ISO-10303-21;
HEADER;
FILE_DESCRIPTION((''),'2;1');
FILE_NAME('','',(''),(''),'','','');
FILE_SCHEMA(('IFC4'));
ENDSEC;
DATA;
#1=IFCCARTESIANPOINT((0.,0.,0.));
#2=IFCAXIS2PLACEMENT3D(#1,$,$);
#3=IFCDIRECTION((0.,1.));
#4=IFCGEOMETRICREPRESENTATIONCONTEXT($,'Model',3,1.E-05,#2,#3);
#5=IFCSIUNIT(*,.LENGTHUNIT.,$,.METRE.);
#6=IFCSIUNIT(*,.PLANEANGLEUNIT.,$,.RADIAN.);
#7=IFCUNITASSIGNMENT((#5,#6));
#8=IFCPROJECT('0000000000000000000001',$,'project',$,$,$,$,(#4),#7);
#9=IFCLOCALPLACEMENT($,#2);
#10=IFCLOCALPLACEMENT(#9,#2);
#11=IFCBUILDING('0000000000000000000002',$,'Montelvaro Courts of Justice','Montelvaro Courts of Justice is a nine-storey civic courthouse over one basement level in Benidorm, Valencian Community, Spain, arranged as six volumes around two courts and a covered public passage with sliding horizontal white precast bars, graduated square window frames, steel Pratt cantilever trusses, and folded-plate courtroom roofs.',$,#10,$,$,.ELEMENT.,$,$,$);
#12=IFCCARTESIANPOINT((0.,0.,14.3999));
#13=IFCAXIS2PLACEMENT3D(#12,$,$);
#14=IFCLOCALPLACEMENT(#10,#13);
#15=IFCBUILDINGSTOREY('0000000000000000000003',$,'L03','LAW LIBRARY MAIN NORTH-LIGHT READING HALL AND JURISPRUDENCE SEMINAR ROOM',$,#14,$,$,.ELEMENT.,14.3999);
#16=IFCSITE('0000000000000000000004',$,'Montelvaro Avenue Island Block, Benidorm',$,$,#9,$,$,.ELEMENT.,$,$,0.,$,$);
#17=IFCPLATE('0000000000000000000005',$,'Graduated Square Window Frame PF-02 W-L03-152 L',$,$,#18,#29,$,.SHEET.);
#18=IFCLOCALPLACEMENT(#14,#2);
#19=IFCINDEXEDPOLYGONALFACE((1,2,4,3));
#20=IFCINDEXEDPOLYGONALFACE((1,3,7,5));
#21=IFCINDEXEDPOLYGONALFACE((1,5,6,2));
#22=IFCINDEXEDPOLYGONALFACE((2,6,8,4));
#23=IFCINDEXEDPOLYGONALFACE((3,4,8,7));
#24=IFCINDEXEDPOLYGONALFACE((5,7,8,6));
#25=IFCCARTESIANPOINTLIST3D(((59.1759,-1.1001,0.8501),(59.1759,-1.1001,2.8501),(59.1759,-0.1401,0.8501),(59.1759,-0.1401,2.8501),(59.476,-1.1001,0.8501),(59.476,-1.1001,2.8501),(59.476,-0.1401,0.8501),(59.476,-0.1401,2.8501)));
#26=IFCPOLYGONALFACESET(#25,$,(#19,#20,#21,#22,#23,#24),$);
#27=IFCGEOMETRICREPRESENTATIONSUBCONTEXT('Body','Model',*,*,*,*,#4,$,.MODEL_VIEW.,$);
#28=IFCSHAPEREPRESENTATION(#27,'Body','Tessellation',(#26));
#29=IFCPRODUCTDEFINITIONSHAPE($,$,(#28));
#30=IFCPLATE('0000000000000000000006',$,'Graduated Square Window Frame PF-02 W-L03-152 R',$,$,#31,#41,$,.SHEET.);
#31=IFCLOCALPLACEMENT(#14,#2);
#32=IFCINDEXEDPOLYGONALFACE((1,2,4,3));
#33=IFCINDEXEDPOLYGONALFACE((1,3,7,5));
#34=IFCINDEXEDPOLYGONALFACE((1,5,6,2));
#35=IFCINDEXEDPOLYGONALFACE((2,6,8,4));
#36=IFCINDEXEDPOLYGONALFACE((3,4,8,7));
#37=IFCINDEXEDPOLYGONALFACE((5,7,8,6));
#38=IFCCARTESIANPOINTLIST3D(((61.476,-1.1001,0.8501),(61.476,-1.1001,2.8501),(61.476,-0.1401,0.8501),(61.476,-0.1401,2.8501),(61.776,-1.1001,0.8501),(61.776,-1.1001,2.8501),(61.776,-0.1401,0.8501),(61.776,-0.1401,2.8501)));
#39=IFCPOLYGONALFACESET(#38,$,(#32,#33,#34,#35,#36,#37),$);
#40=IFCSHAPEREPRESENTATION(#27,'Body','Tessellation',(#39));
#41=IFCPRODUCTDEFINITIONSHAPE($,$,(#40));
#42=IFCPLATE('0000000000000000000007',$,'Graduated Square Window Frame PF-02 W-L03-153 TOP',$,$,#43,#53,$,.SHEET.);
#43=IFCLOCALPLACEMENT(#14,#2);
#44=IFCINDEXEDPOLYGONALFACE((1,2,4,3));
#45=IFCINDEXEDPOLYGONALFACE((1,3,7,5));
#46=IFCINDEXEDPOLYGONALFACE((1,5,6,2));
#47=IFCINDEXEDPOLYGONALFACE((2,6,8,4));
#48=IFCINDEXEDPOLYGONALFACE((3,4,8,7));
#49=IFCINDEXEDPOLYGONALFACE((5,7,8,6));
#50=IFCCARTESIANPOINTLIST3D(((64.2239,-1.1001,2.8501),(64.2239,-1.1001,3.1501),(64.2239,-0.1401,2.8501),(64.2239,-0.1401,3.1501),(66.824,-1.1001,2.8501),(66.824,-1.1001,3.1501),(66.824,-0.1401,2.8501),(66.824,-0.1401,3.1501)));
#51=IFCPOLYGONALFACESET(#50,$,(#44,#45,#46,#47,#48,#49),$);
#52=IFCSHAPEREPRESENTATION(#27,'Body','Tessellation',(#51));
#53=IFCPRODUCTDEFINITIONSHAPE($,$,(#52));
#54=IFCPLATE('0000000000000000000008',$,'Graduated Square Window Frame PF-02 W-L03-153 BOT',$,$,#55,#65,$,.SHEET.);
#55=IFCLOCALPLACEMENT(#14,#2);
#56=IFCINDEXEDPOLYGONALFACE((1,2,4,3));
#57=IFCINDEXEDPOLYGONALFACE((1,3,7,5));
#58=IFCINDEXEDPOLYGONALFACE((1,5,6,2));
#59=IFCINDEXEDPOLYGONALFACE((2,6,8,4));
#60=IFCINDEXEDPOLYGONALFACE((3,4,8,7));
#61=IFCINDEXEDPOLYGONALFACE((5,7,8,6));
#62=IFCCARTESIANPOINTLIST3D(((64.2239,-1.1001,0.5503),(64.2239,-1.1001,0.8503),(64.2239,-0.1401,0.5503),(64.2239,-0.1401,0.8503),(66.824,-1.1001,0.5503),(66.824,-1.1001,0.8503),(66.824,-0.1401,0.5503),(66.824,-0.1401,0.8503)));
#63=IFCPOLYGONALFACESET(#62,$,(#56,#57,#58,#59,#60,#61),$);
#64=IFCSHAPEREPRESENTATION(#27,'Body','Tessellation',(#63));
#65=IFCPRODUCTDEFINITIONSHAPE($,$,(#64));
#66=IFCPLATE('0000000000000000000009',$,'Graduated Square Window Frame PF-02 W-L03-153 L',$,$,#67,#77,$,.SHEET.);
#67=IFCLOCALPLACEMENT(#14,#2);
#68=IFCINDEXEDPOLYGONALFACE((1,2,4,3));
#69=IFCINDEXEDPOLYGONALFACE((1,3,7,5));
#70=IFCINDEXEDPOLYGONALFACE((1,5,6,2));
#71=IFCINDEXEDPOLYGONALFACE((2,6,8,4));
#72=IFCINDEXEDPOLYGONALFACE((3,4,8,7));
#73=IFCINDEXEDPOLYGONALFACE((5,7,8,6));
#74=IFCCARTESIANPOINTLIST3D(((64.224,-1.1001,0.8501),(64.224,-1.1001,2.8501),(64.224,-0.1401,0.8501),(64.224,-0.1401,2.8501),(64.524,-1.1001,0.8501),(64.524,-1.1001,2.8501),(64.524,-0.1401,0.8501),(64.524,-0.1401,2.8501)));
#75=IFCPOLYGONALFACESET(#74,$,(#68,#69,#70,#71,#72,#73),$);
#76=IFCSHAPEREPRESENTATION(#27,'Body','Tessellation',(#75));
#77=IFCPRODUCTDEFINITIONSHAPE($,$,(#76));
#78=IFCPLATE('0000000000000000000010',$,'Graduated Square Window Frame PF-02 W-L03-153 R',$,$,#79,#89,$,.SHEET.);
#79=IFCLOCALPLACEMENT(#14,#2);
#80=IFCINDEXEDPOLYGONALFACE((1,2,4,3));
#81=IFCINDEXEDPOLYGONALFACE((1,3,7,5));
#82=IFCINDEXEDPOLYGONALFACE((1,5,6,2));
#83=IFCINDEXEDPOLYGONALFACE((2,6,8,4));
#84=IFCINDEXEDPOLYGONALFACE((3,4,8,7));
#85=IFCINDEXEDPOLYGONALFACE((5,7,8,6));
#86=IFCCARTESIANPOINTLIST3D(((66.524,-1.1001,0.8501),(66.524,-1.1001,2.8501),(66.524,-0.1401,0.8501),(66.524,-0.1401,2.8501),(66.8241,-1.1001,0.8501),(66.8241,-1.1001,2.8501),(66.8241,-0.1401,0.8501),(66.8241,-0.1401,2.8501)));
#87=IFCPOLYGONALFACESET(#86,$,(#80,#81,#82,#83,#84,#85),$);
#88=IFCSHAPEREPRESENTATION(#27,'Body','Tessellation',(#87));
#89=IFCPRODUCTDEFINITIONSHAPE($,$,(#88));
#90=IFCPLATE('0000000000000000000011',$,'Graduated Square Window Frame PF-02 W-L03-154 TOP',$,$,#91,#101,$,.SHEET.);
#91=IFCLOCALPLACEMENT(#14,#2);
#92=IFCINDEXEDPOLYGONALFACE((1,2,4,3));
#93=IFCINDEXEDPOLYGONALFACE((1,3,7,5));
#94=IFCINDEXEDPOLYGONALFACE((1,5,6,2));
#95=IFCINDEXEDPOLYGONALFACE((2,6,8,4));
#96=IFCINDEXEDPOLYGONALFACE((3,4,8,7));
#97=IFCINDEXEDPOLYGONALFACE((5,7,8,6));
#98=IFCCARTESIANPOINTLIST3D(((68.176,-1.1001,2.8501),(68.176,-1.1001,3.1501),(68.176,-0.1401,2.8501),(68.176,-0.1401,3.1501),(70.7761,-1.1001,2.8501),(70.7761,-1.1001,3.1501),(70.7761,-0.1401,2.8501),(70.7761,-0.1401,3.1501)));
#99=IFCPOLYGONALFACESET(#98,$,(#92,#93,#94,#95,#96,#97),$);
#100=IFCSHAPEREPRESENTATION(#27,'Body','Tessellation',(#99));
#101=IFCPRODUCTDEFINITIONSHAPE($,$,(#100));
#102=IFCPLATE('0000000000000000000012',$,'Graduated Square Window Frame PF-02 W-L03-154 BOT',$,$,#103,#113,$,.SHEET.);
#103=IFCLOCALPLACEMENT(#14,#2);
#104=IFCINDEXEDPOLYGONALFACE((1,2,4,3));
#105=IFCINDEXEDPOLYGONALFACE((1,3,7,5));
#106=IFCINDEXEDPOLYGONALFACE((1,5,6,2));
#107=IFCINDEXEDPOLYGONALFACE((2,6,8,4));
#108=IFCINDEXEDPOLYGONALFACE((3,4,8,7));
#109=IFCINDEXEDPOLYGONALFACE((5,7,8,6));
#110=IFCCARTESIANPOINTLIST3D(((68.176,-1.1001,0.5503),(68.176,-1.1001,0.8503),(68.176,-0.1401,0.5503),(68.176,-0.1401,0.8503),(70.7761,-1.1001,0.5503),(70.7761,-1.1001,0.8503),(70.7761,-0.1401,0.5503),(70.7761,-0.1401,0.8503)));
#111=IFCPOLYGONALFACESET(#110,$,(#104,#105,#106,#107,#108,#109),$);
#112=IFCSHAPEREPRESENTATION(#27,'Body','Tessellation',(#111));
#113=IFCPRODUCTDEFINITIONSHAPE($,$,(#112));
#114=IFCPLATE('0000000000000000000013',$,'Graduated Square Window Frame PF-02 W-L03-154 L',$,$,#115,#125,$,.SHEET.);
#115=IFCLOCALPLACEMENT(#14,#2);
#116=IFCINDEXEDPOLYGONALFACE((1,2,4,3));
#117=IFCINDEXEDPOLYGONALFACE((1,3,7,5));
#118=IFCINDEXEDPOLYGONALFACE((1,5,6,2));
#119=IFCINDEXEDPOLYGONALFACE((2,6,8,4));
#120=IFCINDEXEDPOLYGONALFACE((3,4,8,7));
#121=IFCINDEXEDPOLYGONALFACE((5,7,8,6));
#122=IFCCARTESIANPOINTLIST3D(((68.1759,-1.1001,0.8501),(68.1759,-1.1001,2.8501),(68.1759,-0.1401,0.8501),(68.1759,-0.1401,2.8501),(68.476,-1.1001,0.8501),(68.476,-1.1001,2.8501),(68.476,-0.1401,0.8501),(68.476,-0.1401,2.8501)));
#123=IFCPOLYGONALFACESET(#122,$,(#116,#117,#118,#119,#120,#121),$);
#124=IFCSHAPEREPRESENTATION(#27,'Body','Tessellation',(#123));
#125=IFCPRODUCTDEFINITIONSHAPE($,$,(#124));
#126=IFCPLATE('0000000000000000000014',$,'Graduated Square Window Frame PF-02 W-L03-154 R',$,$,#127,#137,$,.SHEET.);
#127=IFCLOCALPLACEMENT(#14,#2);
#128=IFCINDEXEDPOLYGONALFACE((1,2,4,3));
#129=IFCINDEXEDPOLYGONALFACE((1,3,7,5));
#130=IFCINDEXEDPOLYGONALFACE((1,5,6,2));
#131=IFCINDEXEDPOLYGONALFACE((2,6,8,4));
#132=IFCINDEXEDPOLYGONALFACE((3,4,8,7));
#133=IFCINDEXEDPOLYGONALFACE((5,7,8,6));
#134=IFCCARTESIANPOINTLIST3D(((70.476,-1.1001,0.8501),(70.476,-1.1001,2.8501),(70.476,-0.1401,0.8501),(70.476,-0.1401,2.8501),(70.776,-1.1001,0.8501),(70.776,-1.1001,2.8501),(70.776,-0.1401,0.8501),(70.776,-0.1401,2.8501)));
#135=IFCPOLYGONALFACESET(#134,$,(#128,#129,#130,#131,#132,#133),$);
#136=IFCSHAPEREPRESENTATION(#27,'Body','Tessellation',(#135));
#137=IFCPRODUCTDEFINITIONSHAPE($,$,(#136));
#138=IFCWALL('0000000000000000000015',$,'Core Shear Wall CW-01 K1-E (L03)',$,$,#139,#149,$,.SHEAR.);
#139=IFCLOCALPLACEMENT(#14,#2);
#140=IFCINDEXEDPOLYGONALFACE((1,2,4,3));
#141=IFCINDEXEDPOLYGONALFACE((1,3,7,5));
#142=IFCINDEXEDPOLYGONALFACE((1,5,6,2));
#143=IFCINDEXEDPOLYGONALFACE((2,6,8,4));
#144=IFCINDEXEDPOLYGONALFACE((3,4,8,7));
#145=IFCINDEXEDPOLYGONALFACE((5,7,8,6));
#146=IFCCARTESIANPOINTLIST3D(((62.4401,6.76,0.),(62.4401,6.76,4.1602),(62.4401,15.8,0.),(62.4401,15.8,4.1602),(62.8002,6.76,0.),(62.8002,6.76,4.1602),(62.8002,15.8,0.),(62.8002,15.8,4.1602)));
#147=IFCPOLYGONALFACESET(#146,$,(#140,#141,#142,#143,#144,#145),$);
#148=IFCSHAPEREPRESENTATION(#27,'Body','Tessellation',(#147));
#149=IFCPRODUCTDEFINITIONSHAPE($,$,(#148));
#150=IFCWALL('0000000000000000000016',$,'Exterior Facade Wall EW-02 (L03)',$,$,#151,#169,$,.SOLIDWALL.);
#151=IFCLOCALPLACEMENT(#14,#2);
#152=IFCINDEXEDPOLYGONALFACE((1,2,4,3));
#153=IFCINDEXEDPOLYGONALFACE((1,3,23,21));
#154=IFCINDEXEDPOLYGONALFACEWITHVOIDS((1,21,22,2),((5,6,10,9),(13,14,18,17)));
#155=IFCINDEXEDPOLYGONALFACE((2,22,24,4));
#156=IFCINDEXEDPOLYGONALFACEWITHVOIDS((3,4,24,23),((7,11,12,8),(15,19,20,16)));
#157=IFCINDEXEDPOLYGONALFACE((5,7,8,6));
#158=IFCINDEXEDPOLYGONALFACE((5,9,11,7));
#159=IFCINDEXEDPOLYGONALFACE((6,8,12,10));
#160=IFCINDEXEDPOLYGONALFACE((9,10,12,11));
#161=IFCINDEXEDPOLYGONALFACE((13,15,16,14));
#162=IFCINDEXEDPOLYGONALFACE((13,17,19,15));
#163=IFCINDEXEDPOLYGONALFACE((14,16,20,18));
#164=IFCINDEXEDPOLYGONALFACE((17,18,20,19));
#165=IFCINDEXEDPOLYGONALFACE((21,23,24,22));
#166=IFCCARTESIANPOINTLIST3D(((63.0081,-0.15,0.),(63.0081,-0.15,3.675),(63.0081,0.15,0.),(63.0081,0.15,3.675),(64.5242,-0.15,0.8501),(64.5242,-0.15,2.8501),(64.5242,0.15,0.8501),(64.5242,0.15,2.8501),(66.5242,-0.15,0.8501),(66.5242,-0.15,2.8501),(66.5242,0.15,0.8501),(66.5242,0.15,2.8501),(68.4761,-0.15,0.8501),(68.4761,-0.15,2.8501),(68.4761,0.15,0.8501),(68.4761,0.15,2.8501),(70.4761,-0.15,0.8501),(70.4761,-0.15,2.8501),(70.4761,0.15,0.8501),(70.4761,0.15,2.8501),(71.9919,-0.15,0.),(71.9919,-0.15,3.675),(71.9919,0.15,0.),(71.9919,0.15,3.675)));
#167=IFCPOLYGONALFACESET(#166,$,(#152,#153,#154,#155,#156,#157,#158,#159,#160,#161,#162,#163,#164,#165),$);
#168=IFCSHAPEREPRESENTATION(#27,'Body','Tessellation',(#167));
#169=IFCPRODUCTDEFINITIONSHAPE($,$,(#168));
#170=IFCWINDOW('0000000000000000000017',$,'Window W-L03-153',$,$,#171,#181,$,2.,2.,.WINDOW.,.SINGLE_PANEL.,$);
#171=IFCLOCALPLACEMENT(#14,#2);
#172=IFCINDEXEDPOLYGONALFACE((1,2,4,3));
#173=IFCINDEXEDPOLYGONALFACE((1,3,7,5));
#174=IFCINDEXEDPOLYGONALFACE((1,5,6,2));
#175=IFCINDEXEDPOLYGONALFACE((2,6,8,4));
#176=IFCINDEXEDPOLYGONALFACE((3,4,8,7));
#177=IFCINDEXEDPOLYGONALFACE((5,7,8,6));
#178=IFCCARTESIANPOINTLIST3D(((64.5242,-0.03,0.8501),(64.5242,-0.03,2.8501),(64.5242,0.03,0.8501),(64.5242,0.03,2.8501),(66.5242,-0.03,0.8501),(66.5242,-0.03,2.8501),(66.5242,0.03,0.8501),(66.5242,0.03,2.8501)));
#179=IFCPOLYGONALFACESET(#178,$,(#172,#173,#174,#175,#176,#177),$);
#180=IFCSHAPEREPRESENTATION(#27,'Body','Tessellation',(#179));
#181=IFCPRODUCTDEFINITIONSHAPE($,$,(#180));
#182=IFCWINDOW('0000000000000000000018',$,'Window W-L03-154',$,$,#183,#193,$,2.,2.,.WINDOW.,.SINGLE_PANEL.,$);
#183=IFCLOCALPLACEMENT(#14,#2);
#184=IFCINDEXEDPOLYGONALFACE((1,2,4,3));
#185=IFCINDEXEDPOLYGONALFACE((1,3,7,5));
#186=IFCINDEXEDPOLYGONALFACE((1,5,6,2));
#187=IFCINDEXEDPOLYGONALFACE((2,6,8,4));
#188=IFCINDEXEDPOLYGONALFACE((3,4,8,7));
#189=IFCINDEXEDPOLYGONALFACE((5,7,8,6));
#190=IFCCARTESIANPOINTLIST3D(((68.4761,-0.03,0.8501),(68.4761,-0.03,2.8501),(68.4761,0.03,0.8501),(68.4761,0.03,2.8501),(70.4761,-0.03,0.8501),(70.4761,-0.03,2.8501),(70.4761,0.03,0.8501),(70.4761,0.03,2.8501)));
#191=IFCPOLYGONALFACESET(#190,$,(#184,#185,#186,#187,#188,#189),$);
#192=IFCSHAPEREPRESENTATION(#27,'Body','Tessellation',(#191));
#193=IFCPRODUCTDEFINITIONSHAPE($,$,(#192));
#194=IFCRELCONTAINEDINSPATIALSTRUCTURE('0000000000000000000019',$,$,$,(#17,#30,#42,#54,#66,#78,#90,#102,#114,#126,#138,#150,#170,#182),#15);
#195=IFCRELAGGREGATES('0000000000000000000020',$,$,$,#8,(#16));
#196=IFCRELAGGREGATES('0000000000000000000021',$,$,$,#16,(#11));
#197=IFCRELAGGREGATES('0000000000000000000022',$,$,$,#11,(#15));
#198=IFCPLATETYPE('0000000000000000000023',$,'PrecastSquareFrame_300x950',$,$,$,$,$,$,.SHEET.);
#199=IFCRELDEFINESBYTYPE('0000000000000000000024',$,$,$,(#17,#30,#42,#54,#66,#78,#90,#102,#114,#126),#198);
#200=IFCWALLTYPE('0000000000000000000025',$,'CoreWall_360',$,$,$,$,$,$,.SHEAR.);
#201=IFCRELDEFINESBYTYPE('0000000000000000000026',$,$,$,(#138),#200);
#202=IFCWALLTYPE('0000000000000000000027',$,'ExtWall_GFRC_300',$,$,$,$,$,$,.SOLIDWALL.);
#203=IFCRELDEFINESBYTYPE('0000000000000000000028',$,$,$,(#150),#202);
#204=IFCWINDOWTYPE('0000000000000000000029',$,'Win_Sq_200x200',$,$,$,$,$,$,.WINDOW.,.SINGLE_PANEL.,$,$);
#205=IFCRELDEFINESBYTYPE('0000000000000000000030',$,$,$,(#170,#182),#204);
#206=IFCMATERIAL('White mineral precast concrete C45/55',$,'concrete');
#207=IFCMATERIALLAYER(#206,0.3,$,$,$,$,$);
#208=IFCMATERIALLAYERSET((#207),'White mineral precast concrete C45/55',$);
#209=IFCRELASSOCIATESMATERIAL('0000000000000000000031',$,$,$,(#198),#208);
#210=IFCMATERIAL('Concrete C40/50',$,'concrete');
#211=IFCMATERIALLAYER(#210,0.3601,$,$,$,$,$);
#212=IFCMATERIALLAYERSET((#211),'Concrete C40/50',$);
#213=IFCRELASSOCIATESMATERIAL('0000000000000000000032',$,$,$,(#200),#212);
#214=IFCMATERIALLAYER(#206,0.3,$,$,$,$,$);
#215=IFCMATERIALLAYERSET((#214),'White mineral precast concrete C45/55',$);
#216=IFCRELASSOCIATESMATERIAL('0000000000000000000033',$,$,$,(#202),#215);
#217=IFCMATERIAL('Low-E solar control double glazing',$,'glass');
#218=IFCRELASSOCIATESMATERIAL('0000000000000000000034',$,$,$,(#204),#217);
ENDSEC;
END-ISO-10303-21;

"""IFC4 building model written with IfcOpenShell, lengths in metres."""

from ifc_helpers import new_model, si_unit, direction, frame, frame_2d, origin, origin_2d, place, context, subcontext, project, spatial, rectangle, extrude, material, layer, layer_set, type_object, element, fill, save


model = new_model("IFC4")

# Units and contexts
model_context = context("Model", 3, precision=1e-05, world=origin(), true_north=direction((0.0, 1.0)))
body_context = subcontext(model_context, "Body", "Model", "MODEL_VIEW")
ifc_project = project(units=[si_unit("LENGTHUNIT", "METRE"), si_unit("PLANEANGLEUNIT", "RADIAN")], contexts=[model_context])

# Site, building, storey
site_placement = place(None, origin())
site = spatial("IfcSite", under=ifc_project, at=site_placement, Name="Montelvaro Avenue Island Block, Benidorm", CompositionType="ELEMENT", RefElevation=0.0)
building_placement = place(site_placement, origin())
building = spatial("IfcBuilding", under=site, at=building_placement, Name="Montelvaro Courts of Justice", Description="Montelvaro Courts of Justice is a nine-storey civic courthouse over one basement level in Benidorm, Valencian Community, Spain, arranged as six volumes around two courts and a covered public passage with sliding horizontal white precast bars, graduated square window frames, steel Pratt cantilever trusses, and folded-plate courtroom roofs.", CompositionType="ELEMENT")
storey_placement = place(building_placement, frame((0.0, 0.0, 14.3999)))
storey = spatial("IfcBuildingStorey", under=building, at=storey_placement, Name="L03", Description="LAW LIBRARY MAIN NORTH-LIGHT READING HALL AND JURISPRUDENCE SEMINAR ROOM", CompositionType="ELEMENT", Elevation=14.3999)

# Plates
ifc_material_1 = material(Name="White mineral precast concrete C45/55", Category="concrete")
ifc_layer_1 = layer(ifc_material_1, 0.3)
ifc_layer_set_1 = layer_set([ifc_layer_1], Name="White mineral precast concrete C45/55")
plate_type = type_object("IfcPlateType", Name="PrecastSquareFrame_300x950", PredefinedType="SHEET", material=ifc_layer_set_1)
for number, where, z_axis, x_axis, name in (
    (1, (59.3259, -0.6201, 0.8501), (0.0, 0.0, 1.0), (1.0, 0.0, 0.0), "Graduated Square Window Frame PF-02 W-L03-152 L"),
    (2, (61.626, -0.6201, 0.8501), (0.0, 0.0, 1.0), (1.0, 0.0, 0.0), "Graduated Square Window Frame PF-02 W-L03-152 R"),
):
    element("IfcPlate", number, at=place(storey_placement, frame(where, z_axis=z_axis, x_axis=x_axis)), inside=storey, type_object=plate_type, Name=name, PredefinedType="SHEET", context=body_context, shape_type="SweptSolid", body=[
        extrude(rectangle(XDim=0.3, YDim=0.96, at=origin_2d()), origin(), (0.0, 0.0, 1.0), 2.0),
    ])
for number, where, z_axis, x_axis, name in (
    (3, (65.5239, -0.6201, 2.8501), (0.0, 0.0, 1.0), (1.0, 0.0, 0.0), "Graduated Square Window Frame PF-02 W-L03-153 TOP"),
    (4, (65.5239, -0.6201, 0.5503), (0.0, 0.0, 1.0), (1.0, 0.0, 0.0), "Graduated Square Window Frame PF-02 W-L03-153 BOT"),
):
    element("IfcPlate", number, at=place(storey_placement, frame(where, z_axis=z_axis, x_axis=x_axis)), inside=storey, type_object=plate_type, Name=name, PredefinedType="SHEET", context=body_context, shape_type="SweptSolid", body=[
        extrude(rectangle(XDim=2.6001, YDim=0.96, at=origin_2d()), origin(), (0.0, 0.0, 1.0), 0.3),
    ])
for number, where, z_axis, x_axis, name in (
    (5, (64.374, -0.6201, 0.8501), (0.0, 0.0, 1.0), (1.0, 0.0, 0.0), "Graduated Square Window Frame PF-02 W-L03-153 L"),
    (6, (66.6741, -0.6201, 0.8501), (0.0, 0.0, 1.0), (1.0, 0.0, 0.0), "Graduated Square Window Frame PF-02 W-L03-153 R"),
):
    element("IfcPlate", number, at=place(storey_placement, frame(where, z_axis=z_axis, x_axis=x_axis)), inside=storey, type_object=plate_type, Name=name, PredefinedType="SHEET", context=body_context, shape_type="SweptSolid", body=[
        extrude(rectangle(XDim=0.3, YDim=0.96, at=origin_2d()), origin(), (0.0, 0.0, 1.0), 2.0),
    ])
for number, where, z_axis, x_axis, name in (
    (7, (69.4761, -0.6201, 2.8501), (0.0, 0.0, 1.0), (1.0, 0.0, 0.0), "Graduated Square Window Frame PF-02 W-L03-154 TOP"),
    (8, (69.4761, -0.6201, 0.5503), (0.0, 0.0, 1.0), (1.0, 0.0, 0.0), "Graduated Square Window Frame PF-02 W-L03-154 BOT"),
):
    element("IfcPlate", number, at=place(storey_placement, frame(where, z_axis=z_axis, x_axis=x_axis)), inside=storey, type_object=plate_type, Name=name, PredefinedType="SHEET", context=body_context, shape_type="SweptSolid", body=[
        extrude(rectangle(XDim=2.6001, YDim=0.96, at=origin_2d()), origin(), (0.0, 0.0, 1.0), 0.3),
    ])
for number, where, z_axis, x_axis, name in (
    (9, (68.3259, -0.6201, 0.8501), (0.0, 0.0, 1.0), (1.0, 0.0, 0.0), "Graduated Square Window Frame PF-02 W-L03-154 L"),
    (10, (70.626, -0.6201, 0.8501), (0.0, 0.0, 1.0), (1.0, 0.0, 0.0), "Graduated Square Window Frame PF-02 W-L03-154 R"),
):
    element("IfcPlate", number, at=place(storey_placement, frame(where, z_axis=z_axis, x_axis=x_axis)), inside=storey, type_object=plate_type, Name=name, PredefinedType="SHEET", context=body_context, shape_type="SweptSolid", body=[
        extrude(rectangle(XDim=0.3, YDim=0.96, at=origin_2d()), origin(), (0.0, 0.0, 1.0), 2.0),
    ])

# Wall
ifc_material_2 = material(Name="Concrete C40/50", Category="concrete")
ifc_layer_2 = layer(ifc_material_2, 0.3601)
ifc_layer_set_2 = layer_set([ifc_layer_2], Name="Concrete C40/50")
wall_type_1 = type_object("IfcWallType", Name="CoreWall_360", PredefinedType="SHEAR", material=ifc_layer_set_2)
wall_1_placement = place(storey_placement, frame((62.6201, 6.76, 0.0), z_axis=(0.0, 0.0, 1.0), x_axis=(0.0, 1.0, 0.0)))
element("IfcWall", 11, at=wall_1_placement, inside=storey, type_object=wall_type_1, Name="Core Shear Wall CW-01 K1-E (L03)", PredefinedType="SHEAR", context=body_context, shape_type="SweptSolid", body=[
    extrude(rectangle(XDim=9.04, YDim=0.3601, at=frame_2d((4.52, 0.0))), origin(), (0.0, 0.0, 1.0), 4.1602),
])

# Wall, openings, windows
ifc_layer_3 = layer(ifc_material_1, 0.3)
ifc_layer_set_3 = layer_set([ifc_layer_3], Name="White mineral precast concrete C45/55")
wall_type_2 = type_object("IfcWallType", Name="ExtWall_GFRC_300", PredefinedType="SOLIDWALL", material=ifc_layer_set_3)
wall_2_placement = place(storey_placement, frame((63.0081, 0.0, 0.0), z_axis=(0.0, 0.0, 1.0), x_axis=(1.0, 0.0, 0.0)))
wall_2 = element("IfcWall", 12, at=wall_2_placement, inside=storey, type_object=wall_type_2, Name="Exterior Facade Wall EW-02 (L03)", PredefinedType="SOLIDWALL", context=body_context, shape_type="SweptSolid", body=[
    extrude(rectangle(XDim=8.9839, YDim=0.3, at=frame_2d((4.4919, 0.0))), origin(), (0.0, 0.0, 1.0), 3.675),
])
opening_1_placement = place(wall_2_placement, frame((1.5161, 0.0, 0.8501)))
opening_1 = element("IfcOpeningElement", 13, at=opening_1_placement, cuts=wall_2, PredefinedType="OPENING", context=body_context, shape_type="SweptSolid", body=[
    extrude(rectangle(XDim=2.0, YDim=2.0, at=frame_2d((1.0, 1.0))), frame((0.0, 0.165, 0.0), z_axis=(0.0, -1.0, 0.0), x_axis=(1.0, 0.0, 0.0)), (0.0, 0.0, 1.0), 0.3298),
])
opening_2_placement = place(wall_2_placement, frame((5.468, 0.0, 0.8501)))
opening_2 = element("IfcOpeningElement", 14, at=opening_2_placement, cuts=wall_2, PredefinedType="OPENING", context=body_context, shape_type="SweptSolid", body=[
    extrude(rectangle(XDim=2.0, YDim=2.0, at=frame_2d((1.0, 1.0))), frame((0.0, 0.165, 0.0), z_axis=(0.0, -1.0, 0.0), x_axis=(1.0, 0.0, 0.0)), (0.0, 0.0, 1.0), 0.3298),
])
ifc_material_3 = material(Name="Low-E solar control double glazing", Category="glass")
window_type = type_object("IfcWindowType", Name="Win_Sq_200x200", PartitioningType="SINGLE_PANEL", PredefinedType="WINDOW", material=ifc_material_3)
window_1_placement = place(opening_1_placement, origin())
window_1 = element("IfcWindow", 15, at=window_1_placement, inside=storey, type_object=window_type, Name="Window W-L03-153", OverallHeight=2.0, OverallWidth=2.0, PartitioningType="SINGLE_PANEL", PredefinedType="WINDOW", context=body_context, shape_type="SweptSolid", body=[
    extrude(rectangle(XDim=2.0, YDim=2.0, at=frame_2d((1.0, 1.0))), frame((0.0, 0.03, 0.0), z_axis=(0.0, -1.0, 0.0), x_axis=(1.0, 0.0, 0.0)), (0.0, 0.0, 1.0), 0.0601),
])
fill(opening_1, window_1)
window_2_placement = place(opening_2_placement, origin())
window_2 = element("IfcWindow", 16, at=window_2_placement, inside=storey, type_object=window_type, Name="Window W-L03-154", OverallHeight=2.0, OverallWidth=2.0, PartitioningType="SINGLE_PANEL", PredefinedType="WINDOW", context=body_context, shape_type="SweptSolid", body=[
    extrude(rectangle(XDim=2.0, YDim=2.0, at=frame_2d((1.0, 1.0))), frame((0.0, 0.03, 0.0), z_axis=(0.0, -1.0, 0.0), x_axis=(1.0, 0.0, 0.0)), (0.0, 0.0, 1.0), 0.0601),
])
fill(opening_2, window_2)

save(model, "model.ifc")
